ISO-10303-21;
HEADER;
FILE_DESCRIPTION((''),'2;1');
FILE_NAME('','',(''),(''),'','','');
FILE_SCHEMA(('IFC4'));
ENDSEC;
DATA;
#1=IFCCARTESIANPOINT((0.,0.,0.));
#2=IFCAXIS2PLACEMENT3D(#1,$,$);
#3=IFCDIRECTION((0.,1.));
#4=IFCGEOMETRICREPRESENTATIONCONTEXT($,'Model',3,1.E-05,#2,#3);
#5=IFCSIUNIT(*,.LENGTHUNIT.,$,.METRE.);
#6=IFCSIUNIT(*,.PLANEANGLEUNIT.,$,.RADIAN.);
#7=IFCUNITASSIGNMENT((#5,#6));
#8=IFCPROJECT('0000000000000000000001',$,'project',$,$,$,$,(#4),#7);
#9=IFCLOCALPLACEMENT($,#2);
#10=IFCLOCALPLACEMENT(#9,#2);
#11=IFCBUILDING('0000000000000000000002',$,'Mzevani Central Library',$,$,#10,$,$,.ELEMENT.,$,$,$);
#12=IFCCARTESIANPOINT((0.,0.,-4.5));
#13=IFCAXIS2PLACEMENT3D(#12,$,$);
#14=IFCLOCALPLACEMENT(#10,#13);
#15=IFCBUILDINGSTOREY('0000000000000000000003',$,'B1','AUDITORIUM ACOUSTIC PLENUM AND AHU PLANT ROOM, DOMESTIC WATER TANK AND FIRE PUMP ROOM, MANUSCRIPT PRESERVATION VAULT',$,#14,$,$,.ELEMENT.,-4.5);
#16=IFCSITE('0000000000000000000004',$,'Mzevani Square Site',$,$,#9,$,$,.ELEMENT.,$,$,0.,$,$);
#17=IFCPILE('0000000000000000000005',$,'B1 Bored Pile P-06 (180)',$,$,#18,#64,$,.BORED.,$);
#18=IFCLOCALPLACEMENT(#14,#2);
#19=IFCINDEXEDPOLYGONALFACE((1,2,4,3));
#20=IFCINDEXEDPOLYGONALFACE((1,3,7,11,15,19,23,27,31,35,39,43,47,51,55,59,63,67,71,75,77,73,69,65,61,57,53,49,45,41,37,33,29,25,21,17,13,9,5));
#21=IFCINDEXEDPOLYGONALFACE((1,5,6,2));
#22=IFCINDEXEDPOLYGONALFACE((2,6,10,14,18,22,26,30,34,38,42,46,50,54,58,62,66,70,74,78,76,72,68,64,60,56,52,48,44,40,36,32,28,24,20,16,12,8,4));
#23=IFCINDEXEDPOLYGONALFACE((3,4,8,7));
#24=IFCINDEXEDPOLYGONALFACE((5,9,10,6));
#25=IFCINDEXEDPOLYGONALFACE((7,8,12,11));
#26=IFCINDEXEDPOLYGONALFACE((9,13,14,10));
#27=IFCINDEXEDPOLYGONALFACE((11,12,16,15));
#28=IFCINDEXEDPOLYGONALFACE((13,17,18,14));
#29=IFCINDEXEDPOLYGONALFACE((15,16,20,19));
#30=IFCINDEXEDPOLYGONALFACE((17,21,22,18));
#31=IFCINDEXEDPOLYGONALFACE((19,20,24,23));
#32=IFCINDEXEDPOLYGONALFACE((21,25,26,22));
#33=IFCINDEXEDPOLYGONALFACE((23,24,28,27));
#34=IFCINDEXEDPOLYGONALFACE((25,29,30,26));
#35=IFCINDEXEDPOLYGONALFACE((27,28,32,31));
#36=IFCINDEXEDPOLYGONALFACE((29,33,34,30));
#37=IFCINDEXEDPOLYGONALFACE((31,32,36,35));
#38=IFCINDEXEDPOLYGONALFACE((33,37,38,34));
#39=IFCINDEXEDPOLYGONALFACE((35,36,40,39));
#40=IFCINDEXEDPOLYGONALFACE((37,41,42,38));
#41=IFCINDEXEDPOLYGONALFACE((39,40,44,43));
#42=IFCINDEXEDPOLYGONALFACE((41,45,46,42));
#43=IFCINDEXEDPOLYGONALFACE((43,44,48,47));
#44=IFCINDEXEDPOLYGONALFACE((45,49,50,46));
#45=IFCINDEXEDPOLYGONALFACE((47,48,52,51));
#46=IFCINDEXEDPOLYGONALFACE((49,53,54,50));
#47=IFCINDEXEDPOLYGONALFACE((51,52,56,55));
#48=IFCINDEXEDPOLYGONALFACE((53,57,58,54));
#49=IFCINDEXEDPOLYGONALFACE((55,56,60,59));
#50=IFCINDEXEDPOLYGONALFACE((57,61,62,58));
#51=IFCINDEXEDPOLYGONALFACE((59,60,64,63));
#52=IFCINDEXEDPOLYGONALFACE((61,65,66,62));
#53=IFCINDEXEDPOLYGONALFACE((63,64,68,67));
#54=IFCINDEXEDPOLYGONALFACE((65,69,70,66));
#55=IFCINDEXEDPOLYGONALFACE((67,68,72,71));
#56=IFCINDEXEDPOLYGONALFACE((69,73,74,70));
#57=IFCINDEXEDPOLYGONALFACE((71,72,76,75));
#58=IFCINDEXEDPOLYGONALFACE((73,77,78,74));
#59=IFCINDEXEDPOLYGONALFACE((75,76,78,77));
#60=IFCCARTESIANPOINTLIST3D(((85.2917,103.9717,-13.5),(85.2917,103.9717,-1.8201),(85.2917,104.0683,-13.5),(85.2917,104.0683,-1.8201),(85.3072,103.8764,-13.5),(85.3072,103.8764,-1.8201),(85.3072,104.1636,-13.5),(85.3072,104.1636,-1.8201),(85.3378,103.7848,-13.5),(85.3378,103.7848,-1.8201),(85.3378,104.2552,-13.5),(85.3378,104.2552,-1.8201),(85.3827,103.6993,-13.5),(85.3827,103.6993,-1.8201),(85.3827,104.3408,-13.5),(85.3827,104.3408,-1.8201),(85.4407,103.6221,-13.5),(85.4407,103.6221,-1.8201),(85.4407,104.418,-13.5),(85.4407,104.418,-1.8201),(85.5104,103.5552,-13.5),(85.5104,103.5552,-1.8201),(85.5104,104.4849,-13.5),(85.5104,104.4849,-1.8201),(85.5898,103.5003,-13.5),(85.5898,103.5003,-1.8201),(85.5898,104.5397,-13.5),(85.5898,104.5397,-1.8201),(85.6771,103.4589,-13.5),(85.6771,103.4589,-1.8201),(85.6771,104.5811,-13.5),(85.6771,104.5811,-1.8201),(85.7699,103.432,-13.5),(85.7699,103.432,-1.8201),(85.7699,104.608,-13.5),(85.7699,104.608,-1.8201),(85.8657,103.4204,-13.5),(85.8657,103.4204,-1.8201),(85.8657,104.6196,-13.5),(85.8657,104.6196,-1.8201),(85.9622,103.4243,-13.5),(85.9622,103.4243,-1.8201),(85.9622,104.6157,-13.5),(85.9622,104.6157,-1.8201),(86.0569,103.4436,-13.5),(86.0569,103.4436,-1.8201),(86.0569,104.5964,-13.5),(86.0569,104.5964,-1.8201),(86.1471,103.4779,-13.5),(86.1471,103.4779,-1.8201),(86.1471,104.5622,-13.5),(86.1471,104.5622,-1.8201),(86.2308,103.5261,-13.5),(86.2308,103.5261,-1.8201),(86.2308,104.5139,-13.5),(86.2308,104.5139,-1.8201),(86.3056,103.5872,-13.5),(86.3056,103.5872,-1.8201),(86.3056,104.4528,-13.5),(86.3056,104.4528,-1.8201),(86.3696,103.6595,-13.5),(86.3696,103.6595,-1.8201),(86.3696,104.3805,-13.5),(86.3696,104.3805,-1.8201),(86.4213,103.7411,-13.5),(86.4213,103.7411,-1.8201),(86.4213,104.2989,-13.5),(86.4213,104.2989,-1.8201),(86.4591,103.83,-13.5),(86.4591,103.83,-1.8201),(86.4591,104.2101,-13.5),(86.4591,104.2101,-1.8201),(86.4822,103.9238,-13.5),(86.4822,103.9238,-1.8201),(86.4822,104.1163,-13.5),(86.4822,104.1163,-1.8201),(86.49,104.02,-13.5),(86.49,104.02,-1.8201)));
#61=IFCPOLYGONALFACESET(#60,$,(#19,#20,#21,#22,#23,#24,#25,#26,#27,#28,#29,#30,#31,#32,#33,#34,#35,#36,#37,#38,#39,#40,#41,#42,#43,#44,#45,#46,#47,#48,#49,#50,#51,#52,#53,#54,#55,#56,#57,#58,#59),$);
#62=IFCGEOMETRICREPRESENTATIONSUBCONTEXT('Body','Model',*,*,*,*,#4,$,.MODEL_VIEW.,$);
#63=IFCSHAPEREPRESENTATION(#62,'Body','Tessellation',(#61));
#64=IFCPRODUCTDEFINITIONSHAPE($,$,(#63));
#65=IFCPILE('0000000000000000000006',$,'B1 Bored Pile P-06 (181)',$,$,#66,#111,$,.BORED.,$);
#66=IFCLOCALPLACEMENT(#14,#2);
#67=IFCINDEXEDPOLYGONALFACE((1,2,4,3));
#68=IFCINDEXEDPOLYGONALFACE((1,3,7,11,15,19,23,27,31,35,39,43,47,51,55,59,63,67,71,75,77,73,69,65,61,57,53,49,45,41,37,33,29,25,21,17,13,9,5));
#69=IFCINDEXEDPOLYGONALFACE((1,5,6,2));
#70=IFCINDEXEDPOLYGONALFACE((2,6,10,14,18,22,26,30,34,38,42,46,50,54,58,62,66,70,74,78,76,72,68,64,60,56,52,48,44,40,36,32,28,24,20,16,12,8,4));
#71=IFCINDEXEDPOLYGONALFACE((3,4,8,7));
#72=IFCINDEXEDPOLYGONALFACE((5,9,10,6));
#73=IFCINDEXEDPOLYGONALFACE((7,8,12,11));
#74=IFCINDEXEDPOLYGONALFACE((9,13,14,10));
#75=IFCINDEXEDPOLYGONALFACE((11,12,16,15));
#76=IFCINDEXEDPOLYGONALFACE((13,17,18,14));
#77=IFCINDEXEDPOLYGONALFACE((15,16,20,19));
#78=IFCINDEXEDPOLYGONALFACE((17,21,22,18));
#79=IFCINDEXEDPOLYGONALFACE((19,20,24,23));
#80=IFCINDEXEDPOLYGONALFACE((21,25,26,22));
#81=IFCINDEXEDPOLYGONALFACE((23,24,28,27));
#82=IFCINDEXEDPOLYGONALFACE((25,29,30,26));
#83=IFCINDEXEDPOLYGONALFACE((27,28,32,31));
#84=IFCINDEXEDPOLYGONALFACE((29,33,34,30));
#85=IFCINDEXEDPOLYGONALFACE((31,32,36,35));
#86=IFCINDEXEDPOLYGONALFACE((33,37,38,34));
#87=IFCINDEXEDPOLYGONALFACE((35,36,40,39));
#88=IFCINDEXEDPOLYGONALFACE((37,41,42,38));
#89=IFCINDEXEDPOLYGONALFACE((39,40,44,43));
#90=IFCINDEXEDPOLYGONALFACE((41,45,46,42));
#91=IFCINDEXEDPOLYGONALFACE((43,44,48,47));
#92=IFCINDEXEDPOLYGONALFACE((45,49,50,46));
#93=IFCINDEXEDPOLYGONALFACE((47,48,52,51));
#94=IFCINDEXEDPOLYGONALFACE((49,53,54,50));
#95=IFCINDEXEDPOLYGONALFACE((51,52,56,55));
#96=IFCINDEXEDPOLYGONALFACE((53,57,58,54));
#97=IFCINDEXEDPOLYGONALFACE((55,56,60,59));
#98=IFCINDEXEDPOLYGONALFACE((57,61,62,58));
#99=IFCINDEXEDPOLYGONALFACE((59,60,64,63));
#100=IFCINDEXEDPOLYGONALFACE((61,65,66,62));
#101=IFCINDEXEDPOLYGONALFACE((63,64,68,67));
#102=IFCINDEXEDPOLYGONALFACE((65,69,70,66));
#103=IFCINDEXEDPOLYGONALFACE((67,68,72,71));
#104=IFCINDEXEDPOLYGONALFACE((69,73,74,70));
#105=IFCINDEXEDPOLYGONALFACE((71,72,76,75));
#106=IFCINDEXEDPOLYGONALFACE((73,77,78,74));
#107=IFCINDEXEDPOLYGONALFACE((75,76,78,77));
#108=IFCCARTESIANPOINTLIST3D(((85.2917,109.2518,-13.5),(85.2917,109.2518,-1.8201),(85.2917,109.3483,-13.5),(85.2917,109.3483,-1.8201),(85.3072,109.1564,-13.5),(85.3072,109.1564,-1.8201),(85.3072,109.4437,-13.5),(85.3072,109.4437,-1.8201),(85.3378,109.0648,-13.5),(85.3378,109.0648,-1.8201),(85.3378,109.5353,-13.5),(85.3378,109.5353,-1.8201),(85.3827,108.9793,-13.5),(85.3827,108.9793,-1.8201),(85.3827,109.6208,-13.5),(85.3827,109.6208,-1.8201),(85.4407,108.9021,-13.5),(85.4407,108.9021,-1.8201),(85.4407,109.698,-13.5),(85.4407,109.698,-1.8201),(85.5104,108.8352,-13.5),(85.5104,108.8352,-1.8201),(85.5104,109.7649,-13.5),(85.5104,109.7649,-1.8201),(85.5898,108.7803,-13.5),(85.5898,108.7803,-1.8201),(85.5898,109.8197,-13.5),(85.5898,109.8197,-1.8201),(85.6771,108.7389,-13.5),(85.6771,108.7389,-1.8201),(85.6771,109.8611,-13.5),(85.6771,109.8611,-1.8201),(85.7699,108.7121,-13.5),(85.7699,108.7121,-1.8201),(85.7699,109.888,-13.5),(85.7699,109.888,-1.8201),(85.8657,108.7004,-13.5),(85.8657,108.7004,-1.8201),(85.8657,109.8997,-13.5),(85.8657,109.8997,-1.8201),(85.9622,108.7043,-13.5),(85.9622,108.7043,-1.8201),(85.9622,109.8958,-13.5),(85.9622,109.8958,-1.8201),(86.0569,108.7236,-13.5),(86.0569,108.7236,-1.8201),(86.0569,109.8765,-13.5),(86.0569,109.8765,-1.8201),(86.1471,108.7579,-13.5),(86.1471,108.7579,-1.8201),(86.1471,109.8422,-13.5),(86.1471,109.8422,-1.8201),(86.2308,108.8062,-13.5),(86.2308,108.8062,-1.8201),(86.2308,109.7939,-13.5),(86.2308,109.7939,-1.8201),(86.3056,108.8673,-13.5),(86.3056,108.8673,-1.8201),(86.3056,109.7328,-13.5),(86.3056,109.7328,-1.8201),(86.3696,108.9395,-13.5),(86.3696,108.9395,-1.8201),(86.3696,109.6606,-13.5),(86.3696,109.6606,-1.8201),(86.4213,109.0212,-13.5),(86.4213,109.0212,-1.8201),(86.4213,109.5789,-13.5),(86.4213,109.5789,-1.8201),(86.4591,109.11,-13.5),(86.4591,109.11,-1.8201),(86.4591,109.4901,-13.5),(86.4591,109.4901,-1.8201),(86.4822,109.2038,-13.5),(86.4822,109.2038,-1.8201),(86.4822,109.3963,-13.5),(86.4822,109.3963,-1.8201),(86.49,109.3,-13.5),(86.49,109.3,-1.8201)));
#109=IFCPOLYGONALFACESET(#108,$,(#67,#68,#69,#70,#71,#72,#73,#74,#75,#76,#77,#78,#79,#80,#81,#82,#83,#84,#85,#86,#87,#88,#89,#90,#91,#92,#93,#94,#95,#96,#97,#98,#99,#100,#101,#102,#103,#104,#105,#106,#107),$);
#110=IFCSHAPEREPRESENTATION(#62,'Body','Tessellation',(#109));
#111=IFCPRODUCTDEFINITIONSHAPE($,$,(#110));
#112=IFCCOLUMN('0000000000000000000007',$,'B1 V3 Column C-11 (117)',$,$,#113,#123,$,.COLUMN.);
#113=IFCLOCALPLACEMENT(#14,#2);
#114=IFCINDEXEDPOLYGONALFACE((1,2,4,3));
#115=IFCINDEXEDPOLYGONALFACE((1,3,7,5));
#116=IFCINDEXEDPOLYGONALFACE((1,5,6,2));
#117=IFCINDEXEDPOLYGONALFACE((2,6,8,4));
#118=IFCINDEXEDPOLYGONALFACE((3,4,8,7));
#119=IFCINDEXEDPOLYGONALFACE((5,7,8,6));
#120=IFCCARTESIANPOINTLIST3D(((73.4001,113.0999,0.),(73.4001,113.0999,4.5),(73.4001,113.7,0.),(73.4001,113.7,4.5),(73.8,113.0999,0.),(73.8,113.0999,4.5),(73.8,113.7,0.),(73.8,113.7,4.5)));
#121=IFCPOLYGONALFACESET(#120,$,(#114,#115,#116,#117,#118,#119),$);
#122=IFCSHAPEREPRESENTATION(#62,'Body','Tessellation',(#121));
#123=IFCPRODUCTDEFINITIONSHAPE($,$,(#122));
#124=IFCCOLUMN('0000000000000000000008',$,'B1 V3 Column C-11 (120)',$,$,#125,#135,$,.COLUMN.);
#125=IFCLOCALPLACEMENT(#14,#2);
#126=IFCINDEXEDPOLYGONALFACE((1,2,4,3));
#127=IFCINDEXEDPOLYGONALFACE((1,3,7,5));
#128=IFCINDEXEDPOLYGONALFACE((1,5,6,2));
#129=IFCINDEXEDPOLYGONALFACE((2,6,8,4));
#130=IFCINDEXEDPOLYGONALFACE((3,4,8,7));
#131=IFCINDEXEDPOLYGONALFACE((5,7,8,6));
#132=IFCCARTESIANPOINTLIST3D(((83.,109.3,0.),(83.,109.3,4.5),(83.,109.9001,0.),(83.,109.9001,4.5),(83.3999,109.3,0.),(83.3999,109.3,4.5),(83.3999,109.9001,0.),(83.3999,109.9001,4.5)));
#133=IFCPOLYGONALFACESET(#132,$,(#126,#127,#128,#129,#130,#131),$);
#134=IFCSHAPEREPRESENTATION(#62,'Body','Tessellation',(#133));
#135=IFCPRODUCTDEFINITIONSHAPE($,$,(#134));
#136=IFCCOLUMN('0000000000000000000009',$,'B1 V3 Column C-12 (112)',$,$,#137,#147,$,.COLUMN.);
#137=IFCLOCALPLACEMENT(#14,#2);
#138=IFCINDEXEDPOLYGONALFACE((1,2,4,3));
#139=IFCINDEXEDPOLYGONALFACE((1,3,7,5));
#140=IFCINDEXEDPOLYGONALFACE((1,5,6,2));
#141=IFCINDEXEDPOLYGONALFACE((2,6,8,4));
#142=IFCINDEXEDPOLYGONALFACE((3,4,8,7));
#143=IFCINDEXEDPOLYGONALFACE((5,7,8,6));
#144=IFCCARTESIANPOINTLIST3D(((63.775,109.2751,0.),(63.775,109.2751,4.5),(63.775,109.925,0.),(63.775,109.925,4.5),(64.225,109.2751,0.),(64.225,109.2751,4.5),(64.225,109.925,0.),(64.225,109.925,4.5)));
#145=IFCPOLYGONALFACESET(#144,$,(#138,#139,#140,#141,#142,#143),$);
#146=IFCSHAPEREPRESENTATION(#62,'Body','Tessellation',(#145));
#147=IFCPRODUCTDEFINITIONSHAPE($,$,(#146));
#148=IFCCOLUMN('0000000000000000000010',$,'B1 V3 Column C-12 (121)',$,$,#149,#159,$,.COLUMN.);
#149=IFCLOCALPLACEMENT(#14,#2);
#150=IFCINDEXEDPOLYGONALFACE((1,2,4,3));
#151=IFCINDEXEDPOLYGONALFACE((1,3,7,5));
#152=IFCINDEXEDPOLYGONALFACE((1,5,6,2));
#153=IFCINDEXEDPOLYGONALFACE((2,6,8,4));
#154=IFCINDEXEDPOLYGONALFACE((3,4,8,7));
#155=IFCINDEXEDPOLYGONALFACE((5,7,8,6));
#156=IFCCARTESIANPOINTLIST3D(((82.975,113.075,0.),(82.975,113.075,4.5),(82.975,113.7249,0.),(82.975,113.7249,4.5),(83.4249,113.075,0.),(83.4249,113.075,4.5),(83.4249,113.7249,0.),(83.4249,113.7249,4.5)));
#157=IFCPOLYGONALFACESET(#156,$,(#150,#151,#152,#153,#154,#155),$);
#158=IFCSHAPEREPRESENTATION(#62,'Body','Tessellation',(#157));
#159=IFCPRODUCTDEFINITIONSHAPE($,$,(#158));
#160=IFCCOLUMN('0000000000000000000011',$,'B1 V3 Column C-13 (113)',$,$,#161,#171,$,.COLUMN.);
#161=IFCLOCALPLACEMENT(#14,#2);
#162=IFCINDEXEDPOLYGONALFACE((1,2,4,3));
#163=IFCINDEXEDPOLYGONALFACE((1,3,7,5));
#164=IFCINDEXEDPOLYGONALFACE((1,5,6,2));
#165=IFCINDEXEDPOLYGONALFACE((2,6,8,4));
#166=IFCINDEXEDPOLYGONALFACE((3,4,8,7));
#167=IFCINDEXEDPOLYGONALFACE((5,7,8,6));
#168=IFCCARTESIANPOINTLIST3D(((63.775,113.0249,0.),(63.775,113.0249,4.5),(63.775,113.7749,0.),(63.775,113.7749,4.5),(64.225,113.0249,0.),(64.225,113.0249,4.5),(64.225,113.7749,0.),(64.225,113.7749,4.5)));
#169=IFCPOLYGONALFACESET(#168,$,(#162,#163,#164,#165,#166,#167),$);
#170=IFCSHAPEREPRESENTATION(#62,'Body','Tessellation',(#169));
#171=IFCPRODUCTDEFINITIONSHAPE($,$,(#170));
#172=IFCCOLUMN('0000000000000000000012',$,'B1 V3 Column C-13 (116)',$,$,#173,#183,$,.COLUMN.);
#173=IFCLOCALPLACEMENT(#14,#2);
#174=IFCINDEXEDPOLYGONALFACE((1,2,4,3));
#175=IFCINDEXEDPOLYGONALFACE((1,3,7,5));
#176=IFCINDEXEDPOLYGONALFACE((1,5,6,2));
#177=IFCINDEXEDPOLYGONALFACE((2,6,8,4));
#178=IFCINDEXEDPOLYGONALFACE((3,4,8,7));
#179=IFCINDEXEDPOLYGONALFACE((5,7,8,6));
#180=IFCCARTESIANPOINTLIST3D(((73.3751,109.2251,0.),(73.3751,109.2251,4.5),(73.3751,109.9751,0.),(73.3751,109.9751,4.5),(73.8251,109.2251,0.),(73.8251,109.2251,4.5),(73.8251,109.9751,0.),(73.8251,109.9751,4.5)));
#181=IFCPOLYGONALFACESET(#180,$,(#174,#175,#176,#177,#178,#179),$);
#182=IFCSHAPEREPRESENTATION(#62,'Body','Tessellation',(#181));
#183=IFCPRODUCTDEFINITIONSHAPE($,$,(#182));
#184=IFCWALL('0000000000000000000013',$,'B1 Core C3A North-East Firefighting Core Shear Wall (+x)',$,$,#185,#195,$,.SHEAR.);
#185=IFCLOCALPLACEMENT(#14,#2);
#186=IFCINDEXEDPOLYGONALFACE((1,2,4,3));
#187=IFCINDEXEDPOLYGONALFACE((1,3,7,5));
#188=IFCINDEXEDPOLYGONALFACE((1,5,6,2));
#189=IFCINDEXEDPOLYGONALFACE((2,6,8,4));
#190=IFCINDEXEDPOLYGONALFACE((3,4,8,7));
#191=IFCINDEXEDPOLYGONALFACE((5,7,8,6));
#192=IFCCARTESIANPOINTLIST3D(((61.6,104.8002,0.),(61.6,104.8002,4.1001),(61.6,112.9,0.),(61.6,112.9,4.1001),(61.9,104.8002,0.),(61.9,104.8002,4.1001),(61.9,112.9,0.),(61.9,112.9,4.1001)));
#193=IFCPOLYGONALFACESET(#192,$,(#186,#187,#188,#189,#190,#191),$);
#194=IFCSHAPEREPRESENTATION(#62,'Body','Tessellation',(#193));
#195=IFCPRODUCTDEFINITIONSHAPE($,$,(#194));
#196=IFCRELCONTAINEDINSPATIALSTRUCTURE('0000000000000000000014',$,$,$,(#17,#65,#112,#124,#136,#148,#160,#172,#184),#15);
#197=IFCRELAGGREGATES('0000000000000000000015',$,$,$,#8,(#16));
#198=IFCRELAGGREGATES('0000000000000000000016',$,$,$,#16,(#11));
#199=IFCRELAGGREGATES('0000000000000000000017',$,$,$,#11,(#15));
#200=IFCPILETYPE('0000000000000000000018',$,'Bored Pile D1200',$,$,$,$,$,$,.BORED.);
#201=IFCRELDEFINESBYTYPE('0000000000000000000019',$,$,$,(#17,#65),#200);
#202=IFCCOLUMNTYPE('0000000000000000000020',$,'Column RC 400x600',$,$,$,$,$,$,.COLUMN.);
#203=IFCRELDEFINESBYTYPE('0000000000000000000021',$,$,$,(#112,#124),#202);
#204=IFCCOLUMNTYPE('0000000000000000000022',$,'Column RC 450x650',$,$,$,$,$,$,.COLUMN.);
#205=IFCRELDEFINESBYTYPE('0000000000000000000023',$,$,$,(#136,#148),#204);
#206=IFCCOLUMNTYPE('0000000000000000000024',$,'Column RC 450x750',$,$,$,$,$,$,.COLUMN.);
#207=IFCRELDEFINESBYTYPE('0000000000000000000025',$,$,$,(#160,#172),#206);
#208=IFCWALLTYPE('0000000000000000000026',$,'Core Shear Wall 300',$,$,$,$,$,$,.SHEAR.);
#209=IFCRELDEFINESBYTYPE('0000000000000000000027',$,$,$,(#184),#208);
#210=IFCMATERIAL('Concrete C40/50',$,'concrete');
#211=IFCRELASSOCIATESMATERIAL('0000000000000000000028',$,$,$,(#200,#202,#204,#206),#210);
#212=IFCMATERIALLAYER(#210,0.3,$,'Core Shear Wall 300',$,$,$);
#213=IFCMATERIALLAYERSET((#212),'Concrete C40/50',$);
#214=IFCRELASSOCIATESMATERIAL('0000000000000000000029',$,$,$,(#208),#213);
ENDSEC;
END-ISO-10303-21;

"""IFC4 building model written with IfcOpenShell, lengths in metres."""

from ifc_helpers import new_model, si_unit, direction, frame, frame_2d, origin, origin_2d, place, context, subcontext, project, spatial, rectangle, circle, extrude, material, layer, layer_set, material_profile, profile_set, type_object, element, save


model = new_model("IFC4")

# Units and contexts
model_context = context("Model", 3, precision=1e-05, world=origin(), true_north=direction((0.0, 1.0)))
body_context = subcontext(model_context, "Body", "Model", "MODEL_VIEW")
ifc_project = project(units=[si_unit("LENGTHUNIT", "METRE"), si_unit("PLANEANGLEUNIT", "RADIAN")], contexts=[model_context])

# Site, building, storey
site_placement = place(None, origin())
site = spatial("IfcSite", under=ifc_project, at=site_placement, Name="Mzevani Square Site", CompositionType="ELEMENT", RefElevation=0.0)
building_placement = place(site_placement, origin())
building = spatial("IfcBuilding", under=site, at=building_placement, Name="Mzevani Central Library", CompositionType="ELEMENT")
storey_placement = place(building_placement, frame((0.0, 0.0, -4.5)))
storey = spatial("IfcBuildingStorey", under=building, at=storey_placement, Name="B1", Description="AUDITORIUM ACOUSTIC PLENUM AND AHU PLANT ROOM, DOMESTIC WATER TANK AND FIRE PUMP ROOM, MANUSCRIPT PRESERVATION VAULT", CompositionType="ELEMENT", Elevation=-4.5)

# Piles
ifc_material_1 = material(Name="Concrete C40/50", Category="concrete")
ifc_material_profile_1 = material_profile(ifc_material_1, circle(Radius=0.6001, at=origin_2d()), Name="PILE D1200")
ifc_profile_set_1 = profile_set([ifc_material_profile_1], Name="Concrete C40/50")
pile_type_1 = type_object("IfcPileType", Name="Bored Pile D1200", PredefinedType="BORED", material=ifc_profile_set_1)
for number, where, z_axis, x_axis, name in (
    (1, (85.8899, 104.02, -1.8201), (0.0, 0.0, -1.0), (1.0, 0.0, 0.0), "B1 Bored Pile P-06 (180)"),
    (2, (85.8899, 109.3, -1.8201), (0.0, 0.0, -1.0), (1.0, 0.0, 0.0), "B1 Bored Pile P-06 (181)"),
):
    element("IfcPile", number, at=place(storey_placement, frame(where, z_axis=z_axis, x_axis=x_axis)), inside=storey, type_object=pile_type_1, Name=name, PredefinedType="BORED", context=body_context, shape_type="SweptSolid", body=[
        extrude(circle(Radius=0.6001, at=origin_2d()), origin(), (0.0, 0.0, 1.0), 11.6799),
    ])

# Columns
ifc_material_profile_2 = material_profile(ifc_material_1, rectangle(XDim=0.3999, YDim=0.6001, at=origin_2d()), Name="RC 400x600")
ifc_profile_set_2 = profile_set([ifc_material_profile_2], Name="Concrete C40/50")
column_type_1 = type_object("IfcColumnType", Name="Column RC 400x600", PredefinedType="COLUMN", material=ifc_profile_set_2)
for number, where, z_axis, x_axis, name in (
    (3, (73.6001, 113.3999, 0.0), (0.0, 0.0, 1.0), (1.0, 0.0, 0.0), "B1 V3 Column C-11 (117)"),
    (4, (83.2, 109.6001, 0.0), (0.0, 0.0, 1.0), (1.0, 0.0, 0.0), "B1 V3 Column C-11 (120)"),
):
    element("IfcColumn", number, at=place(storey_placement, frame(where, z_axis=z_axis, x_axis=x_axis)), inside=storey, type_object=column_type_1, Name=name, PredefinedType="COLUMN", context=body_context, shape_type="SweptSolid", body=[
        extrude(rectangle(XDim=0.3999, YDim=0.6001, at=origin_2d()), origin(), (0.0, 0.0, 1.0), 4.5),
    ])
ifc_material_profile_3 = material_profile(ifc_material_1, rectangle(XDim=0.45, YDim=0.6499, at=origin_2d()), Name="RC 450x650")
ifc_profile_set_3 = profile_set([ifc_material_profile_3], Name="Concrete C40/50")
column_type_2 = type_object("IfcColumnType", Name="Column RC 450x650", PredefinedType="COLUMN", material=ifc_profile_set_3)
for number, where, z_axis, x_axis, name in (
    (5, (64.0, 109.6001, 0.0), (0.0, 0.0, 1.0), (1.0, 0.0, 0.0), "B1 V3 Column C-12 (112)"),
    (6, (83.2, 113.3999, 0.0), (0.0, 0.0, 1.0), (1.0, 0.0, 0.0), "B1 V3 Column C-12 (121)"),
):
    element("IfcColumn", number, at=place(storey_placement, frame(where, z_axis=z_axis, x_axis=x_axis)), inside=storey, type_object=column_type_2, Name=name, PredefinedType="COLUMN", context=body_context, shape_type="SweptSolid", body=[
        extrude(rectangle(XDim=0.45, YDim=0.6499, at=origin_2d()), origin(), (0.0, 0.0, 1.0), 4.5),
    ])
ifc_material_profile_4 = material_profile(ifc_material_1, rectangle(XDim=0.45, YDim=0.75, at=origin_2d()), Name="RC 450x750")
ifc_profile_set_4 = profile_set([ifc_material_profile_4], Name="Concrete C40/50")
column_type_3 = type_object("IfcColumnType", Name="Column RC 450x750", PredefinedType="COLUMN", material=ifc_profile_set_4)
for number, where, z_axis, x_axis, name in (
    (7, (64.0, 113.3999, 0.0), (0.0, 0.0, 1.0), (1.0, 0.0, 0.0), "B1 V3 Column C-13 (113)"),
    (8, (73.6001, 109.6001, 0.0), (0.0, 0.0, 1.0), (1.0, 0.0, 0.0), "B1 V3 Column C-13 (116)"),
):
    element("IfcColumn", number, at=place(storey_placement, frame(where, z_axis=z_axis, x_axis=x_axis)), inside=storey, type_object=column_type_3, Name=name, PredefinedType="COLUMN", context=body_context, shape_type="SweptSolid", body=[
        extrude(rectangle(XDim=0.45, YDim=0.75, at=origin_2d()), origin(), (0.0, 0.0, 1.0), 4.5),
    ])

# Shared definitions
ifc_layer_1 = layer(ifc_material_1, 0.3, Name="Core Shear Wall 300")
ifc_layer_set_1 = layer_set([ifc_layer_1], Name="Concrete C40/50")
wall_type_1 = type_object("IfcWallType", Name="Core Shear Wall 300", PredefinedType="SHEAR", material=ifc_layer_set_1)

# Wall
wall_1_placement = place(storey_placement, frame((61.75, 112.8999, 0.0), z_axis=(0.0, 0.0, 1.0), x_axis=(0.0, -1.0, 0.0)))
element("IfcWall", 9, at=wall_1_placement, inside=storey, type_object=wall_type_1, Name="B1 Core C3A North-East Firefighting Core Shear Wall (+x)", PredefinedType="SHEAR", context=body_context, shape_type="SweptSolid", body=[
    extrude(rectangle(XDim=8.0999, YDim=0.3, at=frame_2d((4.0498, 0.0))), origin(), (0.0, 0.0, 1.0), 4.1001),
])

save(model, "model.ifc")
